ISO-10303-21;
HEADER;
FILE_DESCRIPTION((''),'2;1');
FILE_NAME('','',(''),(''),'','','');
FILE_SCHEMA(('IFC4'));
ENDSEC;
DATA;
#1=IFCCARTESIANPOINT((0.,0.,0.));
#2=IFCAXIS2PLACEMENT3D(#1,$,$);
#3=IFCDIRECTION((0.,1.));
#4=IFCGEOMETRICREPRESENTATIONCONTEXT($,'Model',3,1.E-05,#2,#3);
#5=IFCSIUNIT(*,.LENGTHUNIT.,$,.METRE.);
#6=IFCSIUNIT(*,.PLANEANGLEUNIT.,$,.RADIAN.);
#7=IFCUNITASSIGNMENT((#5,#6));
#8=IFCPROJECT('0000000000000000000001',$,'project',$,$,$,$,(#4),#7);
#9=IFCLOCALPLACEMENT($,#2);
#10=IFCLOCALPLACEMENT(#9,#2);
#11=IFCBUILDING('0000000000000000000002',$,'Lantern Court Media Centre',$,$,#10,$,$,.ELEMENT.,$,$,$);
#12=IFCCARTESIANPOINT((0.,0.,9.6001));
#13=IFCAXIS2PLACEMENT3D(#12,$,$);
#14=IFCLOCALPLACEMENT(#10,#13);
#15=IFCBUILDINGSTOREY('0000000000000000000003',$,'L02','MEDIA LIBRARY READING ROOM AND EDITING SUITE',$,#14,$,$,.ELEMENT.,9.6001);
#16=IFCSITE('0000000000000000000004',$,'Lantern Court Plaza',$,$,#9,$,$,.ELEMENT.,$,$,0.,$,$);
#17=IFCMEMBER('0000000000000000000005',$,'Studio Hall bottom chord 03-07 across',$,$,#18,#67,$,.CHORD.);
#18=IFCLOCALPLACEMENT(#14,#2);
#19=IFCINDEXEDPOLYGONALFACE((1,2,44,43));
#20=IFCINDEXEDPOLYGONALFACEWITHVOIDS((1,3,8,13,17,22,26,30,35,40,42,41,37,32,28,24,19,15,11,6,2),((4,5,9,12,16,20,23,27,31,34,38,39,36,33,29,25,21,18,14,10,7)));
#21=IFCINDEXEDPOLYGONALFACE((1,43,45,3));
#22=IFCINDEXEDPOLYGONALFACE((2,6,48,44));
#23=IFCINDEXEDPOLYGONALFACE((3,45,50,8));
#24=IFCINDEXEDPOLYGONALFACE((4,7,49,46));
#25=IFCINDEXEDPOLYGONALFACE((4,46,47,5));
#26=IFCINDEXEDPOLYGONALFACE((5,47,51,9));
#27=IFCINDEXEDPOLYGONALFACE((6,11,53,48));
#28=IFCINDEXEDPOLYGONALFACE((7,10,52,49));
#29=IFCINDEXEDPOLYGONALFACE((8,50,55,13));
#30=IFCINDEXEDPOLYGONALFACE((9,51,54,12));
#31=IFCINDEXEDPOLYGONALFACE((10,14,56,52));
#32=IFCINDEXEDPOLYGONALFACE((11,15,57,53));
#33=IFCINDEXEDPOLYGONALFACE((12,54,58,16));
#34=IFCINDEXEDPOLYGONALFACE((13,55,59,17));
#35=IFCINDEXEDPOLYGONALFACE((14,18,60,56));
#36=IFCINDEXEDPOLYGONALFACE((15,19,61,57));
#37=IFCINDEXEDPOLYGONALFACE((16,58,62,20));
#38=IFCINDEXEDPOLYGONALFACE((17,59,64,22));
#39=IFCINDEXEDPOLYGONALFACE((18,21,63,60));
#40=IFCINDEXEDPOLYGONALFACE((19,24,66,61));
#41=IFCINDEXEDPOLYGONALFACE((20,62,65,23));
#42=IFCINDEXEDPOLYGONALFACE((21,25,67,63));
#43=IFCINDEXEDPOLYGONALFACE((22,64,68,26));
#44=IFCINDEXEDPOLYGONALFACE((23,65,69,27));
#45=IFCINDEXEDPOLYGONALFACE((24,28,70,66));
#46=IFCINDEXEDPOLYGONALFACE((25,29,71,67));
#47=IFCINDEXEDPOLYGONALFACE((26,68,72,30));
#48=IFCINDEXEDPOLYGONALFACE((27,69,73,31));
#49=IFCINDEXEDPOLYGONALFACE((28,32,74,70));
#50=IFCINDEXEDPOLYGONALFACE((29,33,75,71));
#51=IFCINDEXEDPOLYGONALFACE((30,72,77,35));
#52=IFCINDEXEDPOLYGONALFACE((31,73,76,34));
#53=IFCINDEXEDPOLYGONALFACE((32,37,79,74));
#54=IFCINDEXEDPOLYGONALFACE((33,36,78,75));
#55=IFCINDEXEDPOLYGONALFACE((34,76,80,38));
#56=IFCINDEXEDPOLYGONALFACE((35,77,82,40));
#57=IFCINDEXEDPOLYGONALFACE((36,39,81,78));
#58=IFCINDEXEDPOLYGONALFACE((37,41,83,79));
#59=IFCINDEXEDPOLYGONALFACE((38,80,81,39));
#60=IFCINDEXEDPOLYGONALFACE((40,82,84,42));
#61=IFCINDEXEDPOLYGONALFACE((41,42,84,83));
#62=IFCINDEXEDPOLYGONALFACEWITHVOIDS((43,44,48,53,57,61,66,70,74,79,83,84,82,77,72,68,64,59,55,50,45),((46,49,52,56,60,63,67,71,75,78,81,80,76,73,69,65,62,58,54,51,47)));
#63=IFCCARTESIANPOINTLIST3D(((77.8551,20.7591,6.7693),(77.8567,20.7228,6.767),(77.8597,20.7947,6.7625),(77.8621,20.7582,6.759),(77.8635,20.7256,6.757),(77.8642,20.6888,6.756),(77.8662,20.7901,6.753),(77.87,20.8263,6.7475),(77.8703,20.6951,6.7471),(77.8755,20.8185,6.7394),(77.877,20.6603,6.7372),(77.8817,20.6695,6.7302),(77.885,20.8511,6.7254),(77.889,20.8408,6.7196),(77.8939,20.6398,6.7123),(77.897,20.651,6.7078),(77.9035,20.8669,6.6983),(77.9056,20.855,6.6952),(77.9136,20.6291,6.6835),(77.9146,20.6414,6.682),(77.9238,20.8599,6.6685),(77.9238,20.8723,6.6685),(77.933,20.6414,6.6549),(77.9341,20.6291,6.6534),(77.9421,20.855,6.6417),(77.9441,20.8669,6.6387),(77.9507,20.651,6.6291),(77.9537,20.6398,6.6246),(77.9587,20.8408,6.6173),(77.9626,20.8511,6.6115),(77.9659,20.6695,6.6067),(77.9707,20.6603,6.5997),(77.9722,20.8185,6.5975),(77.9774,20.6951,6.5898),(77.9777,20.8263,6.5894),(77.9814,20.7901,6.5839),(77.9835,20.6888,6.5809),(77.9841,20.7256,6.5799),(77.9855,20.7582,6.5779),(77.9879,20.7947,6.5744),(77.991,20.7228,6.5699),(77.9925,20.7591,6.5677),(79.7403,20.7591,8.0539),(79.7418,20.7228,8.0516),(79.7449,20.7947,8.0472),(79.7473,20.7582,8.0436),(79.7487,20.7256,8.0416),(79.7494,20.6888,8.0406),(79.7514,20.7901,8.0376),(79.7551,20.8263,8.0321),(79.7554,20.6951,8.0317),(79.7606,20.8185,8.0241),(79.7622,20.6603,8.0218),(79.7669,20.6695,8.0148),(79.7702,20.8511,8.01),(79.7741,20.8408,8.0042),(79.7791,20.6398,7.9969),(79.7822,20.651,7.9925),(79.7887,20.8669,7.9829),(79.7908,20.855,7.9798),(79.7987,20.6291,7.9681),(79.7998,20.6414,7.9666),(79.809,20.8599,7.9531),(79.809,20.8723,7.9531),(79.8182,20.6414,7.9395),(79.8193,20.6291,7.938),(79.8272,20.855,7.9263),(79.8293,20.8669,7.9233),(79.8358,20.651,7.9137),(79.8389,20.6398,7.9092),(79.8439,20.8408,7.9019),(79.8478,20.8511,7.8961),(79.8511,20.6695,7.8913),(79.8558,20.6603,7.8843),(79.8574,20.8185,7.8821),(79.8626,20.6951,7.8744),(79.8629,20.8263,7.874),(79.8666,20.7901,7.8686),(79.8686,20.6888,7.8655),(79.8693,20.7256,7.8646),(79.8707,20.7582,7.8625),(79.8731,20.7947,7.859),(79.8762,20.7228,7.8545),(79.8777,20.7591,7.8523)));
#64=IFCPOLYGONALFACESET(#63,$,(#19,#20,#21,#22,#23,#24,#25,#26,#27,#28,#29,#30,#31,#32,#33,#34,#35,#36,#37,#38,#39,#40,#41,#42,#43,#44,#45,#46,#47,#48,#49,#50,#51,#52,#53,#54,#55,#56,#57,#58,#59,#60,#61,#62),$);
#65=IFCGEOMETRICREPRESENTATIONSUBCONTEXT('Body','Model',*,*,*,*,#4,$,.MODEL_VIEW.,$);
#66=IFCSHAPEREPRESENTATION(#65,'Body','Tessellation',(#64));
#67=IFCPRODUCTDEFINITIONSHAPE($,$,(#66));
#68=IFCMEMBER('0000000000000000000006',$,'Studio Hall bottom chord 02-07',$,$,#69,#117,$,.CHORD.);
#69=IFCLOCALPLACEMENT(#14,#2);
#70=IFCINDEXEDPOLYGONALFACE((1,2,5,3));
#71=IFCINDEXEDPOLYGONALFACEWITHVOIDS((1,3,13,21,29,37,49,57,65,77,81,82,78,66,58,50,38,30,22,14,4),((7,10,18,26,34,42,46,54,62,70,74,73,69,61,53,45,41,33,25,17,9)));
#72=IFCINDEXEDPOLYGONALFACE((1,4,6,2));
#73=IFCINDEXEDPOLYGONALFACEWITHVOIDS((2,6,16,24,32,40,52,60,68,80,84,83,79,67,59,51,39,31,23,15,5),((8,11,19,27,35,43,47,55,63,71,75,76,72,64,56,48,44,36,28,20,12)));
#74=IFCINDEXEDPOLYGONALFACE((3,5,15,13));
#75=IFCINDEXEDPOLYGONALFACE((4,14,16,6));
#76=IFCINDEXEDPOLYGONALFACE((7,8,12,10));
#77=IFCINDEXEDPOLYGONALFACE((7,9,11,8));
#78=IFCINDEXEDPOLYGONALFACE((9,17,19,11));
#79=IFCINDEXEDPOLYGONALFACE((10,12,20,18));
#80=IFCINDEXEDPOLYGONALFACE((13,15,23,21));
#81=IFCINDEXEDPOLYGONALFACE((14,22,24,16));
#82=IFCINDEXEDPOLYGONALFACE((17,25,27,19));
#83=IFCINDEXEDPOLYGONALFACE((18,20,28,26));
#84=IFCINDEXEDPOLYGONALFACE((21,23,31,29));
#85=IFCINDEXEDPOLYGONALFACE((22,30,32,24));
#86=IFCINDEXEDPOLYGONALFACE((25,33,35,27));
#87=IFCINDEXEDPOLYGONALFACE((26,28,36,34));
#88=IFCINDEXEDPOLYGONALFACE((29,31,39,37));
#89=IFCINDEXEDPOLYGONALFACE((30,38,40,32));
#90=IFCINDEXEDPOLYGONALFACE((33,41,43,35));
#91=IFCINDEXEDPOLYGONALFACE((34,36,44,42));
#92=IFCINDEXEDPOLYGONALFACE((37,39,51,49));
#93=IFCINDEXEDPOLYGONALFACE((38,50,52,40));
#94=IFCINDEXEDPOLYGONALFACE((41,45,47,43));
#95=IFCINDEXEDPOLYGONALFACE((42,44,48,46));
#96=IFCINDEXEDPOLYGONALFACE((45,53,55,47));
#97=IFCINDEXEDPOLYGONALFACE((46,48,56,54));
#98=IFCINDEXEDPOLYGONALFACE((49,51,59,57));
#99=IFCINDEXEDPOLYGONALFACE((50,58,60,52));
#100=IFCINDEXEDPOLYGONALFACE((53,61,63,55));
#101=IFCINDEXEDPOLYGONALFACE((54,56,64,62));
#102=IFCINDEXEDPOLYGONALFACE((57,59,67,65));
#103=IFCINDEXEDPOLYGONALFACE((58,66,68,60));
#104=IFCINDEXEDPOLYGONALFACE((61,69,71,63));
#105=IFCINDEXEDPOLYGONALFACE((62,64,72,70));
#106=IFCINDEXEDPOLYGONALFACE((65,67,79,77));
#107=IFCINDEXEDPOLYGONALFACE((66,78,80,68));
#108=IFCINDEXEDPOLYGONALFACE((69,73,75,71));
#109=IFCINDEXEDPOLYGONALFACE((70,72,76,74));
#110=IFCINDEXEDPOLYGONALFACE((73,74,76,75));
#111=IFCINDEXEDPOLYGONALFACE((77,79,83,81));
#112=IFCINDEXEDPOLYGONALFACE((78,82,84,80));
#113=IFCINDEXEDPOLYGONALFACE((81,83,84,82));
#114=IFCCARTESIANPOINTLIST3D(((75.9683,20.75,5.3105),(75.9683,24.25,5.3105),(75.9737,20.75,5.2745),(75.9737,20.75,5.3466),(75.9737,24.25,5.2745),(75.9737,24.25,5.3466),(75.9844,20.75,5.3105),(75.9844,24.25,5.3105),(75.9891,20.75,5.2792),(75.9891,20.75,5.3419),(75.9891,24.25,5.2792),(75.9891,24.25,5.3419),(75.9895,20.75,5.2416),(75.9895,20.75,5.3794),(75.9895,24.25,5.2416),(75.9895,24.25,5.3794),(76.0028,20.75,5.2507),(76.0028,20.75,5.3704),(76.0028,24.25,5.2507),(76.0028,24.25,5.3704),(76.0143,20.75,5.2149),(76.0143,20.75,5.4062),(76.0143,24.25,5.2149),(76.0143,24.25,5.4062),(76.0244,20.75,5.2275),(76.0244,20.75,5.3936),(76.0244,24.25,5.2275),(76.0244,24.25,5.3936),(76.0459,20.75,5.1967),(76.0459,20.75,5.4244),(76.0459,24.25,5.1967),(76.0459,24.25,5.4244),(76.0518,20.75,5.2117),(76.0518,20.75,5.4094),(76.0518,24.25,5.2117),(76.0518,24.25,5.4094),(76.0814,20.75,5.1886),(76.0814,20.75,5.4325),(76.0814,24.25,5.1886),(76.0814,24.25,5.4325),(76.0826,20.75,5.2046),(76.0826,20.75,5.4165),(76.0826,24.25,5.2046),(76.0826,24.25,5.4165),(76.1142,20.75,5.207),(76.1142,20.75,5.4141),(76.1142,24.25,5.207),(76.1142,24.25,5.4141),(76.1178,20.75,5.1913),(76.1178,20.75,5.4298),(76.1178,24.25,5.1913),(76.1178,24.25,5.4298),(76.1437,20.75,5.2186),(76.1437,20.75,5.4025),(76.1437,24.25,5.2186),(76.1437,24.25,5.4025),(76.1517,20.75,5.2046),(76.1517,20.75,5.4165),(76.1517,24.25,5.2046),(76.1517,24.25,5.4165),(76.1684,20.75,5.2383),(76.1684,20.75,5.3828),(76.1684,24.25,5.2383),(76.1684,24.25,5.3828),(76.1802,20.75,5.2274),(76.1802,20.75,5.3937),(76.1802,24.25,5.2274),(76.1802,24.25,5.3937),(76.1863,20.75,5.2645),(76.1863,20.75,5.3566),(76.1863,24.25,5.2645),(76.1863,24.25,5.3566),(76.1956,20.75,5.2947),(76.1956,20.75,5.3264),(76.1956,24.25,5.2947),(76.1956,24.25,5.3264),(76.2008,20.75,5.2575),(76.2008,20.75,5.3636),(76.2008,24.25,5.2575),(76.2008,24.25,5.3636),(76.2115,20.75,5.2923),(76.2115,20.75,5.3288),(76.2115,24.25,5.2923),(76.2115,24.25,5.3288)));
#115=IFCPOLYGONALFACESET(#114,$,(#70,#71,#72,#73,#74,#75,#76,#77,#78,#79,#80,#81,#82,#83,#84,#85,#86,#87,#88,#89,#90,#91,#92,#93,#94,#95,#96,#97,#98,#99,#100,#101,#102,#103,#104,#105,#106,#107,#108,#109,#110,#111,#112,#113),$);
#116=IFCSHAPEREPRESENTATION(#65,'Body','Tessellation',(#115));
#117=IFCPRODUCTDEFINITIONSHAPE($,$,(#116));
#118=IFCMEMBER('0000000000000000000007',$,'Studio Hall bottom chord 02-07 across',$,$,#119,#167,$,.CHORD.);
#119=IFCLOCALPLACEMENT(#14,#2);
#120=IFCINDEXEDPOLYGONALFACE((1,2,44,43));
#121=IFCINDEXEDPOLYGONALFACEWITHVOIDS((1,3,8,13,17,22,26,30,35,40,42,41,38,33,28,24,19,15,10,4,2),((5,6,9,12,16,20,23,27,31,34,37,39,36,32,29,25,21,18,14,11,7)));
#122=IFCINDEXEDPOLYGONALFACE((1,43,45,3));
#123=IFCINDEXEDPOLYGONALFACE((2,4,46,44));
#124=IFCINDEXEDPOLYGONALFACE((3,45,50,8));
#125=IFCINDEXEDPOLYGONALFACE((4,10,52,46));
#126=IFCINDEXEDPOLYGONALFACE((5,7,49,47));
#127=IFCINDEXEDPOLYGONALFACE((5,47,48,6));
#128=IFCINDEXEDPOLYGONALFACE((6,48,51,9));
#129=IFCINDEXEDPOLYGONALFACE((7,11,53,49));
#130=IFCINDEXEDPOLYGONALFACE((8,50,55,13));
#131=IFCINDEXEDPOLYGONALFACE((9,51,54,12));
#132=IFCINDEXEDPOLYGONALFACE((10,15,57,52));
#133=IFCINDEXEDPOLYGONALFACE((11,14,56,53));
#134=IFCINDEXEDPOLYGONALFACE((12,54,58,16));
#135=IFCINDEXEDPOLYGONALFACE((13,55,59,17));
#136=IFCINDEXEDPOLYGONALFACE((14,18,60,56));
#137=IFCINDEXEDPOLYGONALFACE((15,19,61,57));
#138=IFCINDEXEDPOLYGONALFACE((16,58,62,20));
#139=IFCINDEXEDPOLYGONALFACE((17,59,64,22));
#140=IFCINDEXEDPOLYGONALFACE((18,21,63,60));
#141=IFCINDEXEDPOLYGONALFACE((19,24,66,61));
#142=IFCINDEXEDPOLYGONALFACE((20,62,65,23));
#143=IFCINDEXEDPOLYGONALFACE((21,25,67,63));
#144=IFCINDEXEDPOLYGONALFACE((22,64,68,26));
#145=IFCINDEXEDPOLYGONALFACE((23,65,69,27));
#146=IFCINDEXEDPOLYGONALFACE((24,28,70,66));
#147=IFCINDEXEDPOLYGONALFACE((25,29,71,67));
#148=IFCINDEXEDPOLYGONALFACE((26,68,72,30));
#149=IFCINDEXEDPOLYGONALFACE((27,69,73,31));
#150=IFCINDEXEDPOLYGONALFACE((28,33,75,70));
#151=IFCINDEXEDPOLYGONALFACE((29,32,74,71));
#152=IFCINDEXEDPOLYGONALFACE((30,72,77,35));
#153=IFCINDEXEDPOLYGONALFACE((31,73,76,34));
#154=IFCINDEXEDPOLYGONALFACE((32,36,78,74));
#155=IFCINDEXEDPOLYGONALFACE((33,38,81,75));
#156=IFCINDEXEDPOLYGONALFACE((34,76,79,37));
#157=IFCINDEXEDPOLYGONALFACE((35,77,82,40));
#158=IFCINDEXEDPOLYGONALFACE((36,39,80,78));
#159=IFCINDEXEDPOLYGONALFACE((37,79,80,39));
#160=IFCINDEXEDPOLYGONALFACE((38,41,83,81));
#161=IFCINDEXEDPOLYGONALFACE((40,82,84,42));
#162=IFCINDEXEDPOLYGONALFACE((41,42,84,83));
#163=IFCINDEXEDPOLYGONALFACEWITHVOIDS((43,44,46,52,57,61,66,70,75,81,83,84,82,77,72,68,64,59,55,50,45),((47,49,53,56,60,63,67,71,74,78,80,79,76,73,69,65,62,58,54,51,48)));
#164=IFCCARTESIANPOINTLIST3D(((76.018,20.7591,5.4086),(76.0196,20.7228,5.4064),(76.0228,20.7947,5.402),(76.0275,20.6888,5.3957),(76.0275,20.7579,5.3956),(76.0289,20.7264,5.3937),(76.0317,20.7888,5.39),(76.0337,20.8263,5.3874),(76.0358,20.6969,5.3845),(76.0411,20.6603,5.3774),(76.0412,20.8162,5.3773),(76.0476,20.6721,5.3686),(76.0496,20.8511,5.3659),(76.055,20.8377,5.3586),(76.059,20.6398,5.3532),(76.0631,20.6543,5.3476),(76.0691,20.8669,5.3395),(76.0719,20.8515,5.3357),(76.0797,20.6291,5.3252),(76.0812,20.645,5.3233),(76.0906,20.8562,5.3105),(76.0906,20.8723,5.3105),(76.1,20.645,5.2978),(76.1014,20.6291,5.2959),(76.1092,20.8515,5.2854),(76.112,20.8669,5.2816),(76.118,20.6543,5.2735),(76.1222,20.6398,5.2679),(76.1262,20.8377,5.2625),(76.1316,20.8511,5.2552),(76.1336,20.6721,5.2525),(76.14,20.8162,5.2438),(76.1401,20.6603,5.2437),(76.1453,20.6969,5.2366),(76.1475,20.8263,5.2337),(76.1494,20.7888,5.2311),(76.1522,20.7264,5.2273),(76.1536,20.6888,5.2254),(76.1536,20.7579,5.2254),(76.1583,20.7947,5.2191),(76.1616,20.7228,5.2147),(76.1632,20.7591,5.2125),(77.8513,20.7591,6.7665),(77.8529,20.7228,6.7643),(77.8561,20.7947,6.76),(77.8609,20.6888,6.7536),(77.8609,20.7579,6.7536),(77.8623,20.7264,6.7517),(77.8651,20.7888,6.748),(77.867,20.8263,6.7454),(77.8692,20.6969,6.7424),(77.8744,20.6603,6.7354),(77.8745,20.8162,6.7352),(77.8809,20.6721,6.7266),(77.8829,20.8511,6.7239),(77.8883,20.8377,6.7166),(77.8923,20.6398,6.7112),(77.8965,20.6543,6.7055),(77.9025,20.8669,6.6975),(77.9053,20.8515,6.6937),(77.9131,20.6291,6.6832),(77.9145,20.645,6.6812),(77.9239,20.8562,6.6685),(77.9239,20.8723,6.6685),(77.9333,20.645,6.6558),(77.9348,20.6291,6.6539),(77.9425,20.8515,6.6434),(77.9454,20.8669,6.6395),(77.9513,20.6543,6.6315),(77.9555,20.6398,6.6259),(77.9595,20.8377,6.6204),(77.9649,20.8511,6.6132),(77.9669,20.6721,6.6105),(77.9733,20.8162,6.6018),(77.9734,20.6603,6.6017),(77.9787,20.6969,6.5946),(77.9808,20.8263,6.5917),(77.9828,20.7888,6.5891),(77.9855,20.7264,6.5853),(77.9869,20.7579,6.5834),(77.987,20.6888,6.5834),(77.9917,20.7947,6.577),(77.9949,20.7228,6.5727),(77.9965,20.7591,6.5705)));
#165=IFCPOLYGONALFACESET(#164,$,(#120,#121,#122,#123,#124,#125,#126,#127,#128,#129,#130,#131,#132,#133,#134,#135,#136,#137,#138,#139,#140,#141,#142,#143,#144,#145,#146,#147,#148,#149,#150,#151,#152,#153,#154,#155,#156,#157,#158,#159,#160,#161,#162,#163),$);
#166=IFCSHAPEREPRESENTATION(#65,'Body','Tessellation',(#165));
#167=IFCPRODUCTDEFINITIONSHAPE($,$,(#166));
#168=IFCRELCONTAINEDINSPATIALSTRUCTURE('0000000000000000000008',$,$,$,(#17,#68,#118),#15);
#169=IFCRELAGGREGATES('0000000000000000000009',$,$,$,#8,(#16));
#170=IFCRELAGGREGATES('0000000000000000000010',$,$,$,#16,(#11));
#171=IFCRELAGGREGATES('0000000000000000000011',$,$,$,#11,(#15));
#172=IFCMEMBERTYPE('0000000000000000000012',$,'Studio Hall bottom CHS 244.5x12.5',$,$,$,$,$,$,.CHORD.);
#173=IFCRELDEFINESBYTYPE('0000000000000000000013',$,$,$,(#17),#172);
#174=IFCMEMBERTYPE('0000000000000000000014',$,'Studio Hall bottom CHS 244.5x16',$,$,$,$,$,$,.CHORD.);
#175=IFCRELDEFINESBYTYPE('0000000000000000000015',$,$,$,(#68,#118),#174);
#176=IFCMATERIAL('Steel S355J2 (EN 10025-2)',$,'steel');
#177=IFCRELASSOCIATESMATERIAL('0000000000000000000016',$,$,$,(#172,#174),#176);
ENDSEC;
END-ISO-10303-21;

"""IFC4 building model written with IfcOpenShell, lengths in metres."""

from ifc_helpers import new_model, si_unit, direction, frame, origin, origin_2d, place, context, subcontext, project, spatial, hollow_circle, extrude, material, material_profile, profile_set, type_object, element, save


model = new_model("IFC4")

# Units and contexts
model_context = context("Model", 3, precision=1e-05, world=origin(), true_north=direction((0.0, 1.0)))
body_context = subcontext(model_context, "Body", "Model", "MODEL_VIEW")
ifc_project = project(units=[si_unit("LENGTHUNIT", "METRE"), si_unit("PLANEANGLEUNIT", "RADIAN")], contexts=[model_context])

# Site, building, storey
site_placement = place(None, origin())
site = spatial("IfcSite", under=ifc_project, at=site_placement, Name="Lantern Court Plaza", CompositionType="ELEMENT", RefElevation=0.0)
building_placement = place(site_placement, origin())
building = spatial("IfcBuilding", under=site, at=building_placement, Name="Lantern Court Media Centre", CompositionType="ELEMENT")
storey_placement = place(building_placement, frame((0.0, 0.0, 9.6001)))
storey = spatial("IfcBuildingStorey", under=building, at=storey_placement, Name="L02", Description="MEDIA LIBRARY READING ROOM AND EDITING SUITE", CompositionType="ELEMENT", Elevation=9.6001)

# Members
ifc_material = material(Name="Steel S355J2 (EN 10025-2)", Category="steel")
ifc_material_profile_1 = material_profile(ifc_material, hollow_circle(Radius=0.1223, WallThickness=0.0125, at=origin_2d()), Name="Studio Hall bottom CHS 244.5x12.5")
ifc_profile_set_1 = profile_set([ifc_material_profile_1], Name="Steel S355J2 (EN 10025-2)")
member_type_1 = type_object("IfcMemberType", Name="Studio Hall bottom CHS 244.5x12.5", PredefinedType="CHORD", material=ifc_profile_set_1)
member_1_placement = place(storey_placement, frame((77.9238, 20.75, 6.6685), z_axis=(0.826377, 0.0, 0.563118), x_axis=(0.0, 1.0, 0.0)))
element("IfcMember", 1, at=member_1_placement, inside=storey, type_object=member_type_1, Name="Studio Hall bottom chord 03-07 across", PredefinedType="CHORD", context=body_context, shape_type="SweptSolid", body=[
    extrude(hollow_circle(Radius=0.1223, WallThickness=0.0125, at=origin_2d()), origin(), (0.0, 0.0, 1.0), 2.2812),
])
ifc_material_profile_2 = material_profile(ifc_material, hollow_circle(Radius=0.1223, WallThickness=0.0161, at=origin_2d()), Name="Studio Hall bottom CHS 244.5x16")
ifc_profile_set_2 = profile_set([ifc_material_profile_2], Name="Steel S355J2 (EN 10025-2)")
member_type_2 = type_object("IfcMemberType", Name="Studio Hall bottom CHS 244.5x16", PredefinedType="CHORD", material=ifc_profile_set_2)
member_2_placement = place(storey_placement, frame((76.0906, 20.75, 5.3105), z_axis=(0.0, 1.0, 0.0), x_axis=(-1.0, 0.0, 0.0)))
element("IfcMember", 2, at=member_2_placement, inside=storey, type_object=member_type_2, Name="Studio Hall bottom chord 02-07", PredefinedType="CHORD", context=body_context, shape_type="SweptSolid", body=[
    extrude(hollow_circle(Radius=0.1223, WallThickness=0.0161, at=origin_2d()), origin(), (0.0, 0.0, 1.0), 3.5),
])
member_3_placement = place(storey_placement, frame((76.0906, 20.75, 5.3105), z_axis=(0.803569, 0.0, 0.595212), x_axis=(0.0, 1.0, 0.0)))
element("IfcMember", 3, at=member_3_placement, inside=storey, type_object=member_type_2, Name="Studio Hall bottom chord 02-07 across", PredefinedType="CHORD", context=body_context, shape_type="SweptSolid", body=[
    extrude(hollow_circle(Radius=0.1223, WallThickness=0.0161, at=origin_2d()), origin(), (0.0, 0.0, 1.0), 2.2815),
])

save(model, "model.ifc")
